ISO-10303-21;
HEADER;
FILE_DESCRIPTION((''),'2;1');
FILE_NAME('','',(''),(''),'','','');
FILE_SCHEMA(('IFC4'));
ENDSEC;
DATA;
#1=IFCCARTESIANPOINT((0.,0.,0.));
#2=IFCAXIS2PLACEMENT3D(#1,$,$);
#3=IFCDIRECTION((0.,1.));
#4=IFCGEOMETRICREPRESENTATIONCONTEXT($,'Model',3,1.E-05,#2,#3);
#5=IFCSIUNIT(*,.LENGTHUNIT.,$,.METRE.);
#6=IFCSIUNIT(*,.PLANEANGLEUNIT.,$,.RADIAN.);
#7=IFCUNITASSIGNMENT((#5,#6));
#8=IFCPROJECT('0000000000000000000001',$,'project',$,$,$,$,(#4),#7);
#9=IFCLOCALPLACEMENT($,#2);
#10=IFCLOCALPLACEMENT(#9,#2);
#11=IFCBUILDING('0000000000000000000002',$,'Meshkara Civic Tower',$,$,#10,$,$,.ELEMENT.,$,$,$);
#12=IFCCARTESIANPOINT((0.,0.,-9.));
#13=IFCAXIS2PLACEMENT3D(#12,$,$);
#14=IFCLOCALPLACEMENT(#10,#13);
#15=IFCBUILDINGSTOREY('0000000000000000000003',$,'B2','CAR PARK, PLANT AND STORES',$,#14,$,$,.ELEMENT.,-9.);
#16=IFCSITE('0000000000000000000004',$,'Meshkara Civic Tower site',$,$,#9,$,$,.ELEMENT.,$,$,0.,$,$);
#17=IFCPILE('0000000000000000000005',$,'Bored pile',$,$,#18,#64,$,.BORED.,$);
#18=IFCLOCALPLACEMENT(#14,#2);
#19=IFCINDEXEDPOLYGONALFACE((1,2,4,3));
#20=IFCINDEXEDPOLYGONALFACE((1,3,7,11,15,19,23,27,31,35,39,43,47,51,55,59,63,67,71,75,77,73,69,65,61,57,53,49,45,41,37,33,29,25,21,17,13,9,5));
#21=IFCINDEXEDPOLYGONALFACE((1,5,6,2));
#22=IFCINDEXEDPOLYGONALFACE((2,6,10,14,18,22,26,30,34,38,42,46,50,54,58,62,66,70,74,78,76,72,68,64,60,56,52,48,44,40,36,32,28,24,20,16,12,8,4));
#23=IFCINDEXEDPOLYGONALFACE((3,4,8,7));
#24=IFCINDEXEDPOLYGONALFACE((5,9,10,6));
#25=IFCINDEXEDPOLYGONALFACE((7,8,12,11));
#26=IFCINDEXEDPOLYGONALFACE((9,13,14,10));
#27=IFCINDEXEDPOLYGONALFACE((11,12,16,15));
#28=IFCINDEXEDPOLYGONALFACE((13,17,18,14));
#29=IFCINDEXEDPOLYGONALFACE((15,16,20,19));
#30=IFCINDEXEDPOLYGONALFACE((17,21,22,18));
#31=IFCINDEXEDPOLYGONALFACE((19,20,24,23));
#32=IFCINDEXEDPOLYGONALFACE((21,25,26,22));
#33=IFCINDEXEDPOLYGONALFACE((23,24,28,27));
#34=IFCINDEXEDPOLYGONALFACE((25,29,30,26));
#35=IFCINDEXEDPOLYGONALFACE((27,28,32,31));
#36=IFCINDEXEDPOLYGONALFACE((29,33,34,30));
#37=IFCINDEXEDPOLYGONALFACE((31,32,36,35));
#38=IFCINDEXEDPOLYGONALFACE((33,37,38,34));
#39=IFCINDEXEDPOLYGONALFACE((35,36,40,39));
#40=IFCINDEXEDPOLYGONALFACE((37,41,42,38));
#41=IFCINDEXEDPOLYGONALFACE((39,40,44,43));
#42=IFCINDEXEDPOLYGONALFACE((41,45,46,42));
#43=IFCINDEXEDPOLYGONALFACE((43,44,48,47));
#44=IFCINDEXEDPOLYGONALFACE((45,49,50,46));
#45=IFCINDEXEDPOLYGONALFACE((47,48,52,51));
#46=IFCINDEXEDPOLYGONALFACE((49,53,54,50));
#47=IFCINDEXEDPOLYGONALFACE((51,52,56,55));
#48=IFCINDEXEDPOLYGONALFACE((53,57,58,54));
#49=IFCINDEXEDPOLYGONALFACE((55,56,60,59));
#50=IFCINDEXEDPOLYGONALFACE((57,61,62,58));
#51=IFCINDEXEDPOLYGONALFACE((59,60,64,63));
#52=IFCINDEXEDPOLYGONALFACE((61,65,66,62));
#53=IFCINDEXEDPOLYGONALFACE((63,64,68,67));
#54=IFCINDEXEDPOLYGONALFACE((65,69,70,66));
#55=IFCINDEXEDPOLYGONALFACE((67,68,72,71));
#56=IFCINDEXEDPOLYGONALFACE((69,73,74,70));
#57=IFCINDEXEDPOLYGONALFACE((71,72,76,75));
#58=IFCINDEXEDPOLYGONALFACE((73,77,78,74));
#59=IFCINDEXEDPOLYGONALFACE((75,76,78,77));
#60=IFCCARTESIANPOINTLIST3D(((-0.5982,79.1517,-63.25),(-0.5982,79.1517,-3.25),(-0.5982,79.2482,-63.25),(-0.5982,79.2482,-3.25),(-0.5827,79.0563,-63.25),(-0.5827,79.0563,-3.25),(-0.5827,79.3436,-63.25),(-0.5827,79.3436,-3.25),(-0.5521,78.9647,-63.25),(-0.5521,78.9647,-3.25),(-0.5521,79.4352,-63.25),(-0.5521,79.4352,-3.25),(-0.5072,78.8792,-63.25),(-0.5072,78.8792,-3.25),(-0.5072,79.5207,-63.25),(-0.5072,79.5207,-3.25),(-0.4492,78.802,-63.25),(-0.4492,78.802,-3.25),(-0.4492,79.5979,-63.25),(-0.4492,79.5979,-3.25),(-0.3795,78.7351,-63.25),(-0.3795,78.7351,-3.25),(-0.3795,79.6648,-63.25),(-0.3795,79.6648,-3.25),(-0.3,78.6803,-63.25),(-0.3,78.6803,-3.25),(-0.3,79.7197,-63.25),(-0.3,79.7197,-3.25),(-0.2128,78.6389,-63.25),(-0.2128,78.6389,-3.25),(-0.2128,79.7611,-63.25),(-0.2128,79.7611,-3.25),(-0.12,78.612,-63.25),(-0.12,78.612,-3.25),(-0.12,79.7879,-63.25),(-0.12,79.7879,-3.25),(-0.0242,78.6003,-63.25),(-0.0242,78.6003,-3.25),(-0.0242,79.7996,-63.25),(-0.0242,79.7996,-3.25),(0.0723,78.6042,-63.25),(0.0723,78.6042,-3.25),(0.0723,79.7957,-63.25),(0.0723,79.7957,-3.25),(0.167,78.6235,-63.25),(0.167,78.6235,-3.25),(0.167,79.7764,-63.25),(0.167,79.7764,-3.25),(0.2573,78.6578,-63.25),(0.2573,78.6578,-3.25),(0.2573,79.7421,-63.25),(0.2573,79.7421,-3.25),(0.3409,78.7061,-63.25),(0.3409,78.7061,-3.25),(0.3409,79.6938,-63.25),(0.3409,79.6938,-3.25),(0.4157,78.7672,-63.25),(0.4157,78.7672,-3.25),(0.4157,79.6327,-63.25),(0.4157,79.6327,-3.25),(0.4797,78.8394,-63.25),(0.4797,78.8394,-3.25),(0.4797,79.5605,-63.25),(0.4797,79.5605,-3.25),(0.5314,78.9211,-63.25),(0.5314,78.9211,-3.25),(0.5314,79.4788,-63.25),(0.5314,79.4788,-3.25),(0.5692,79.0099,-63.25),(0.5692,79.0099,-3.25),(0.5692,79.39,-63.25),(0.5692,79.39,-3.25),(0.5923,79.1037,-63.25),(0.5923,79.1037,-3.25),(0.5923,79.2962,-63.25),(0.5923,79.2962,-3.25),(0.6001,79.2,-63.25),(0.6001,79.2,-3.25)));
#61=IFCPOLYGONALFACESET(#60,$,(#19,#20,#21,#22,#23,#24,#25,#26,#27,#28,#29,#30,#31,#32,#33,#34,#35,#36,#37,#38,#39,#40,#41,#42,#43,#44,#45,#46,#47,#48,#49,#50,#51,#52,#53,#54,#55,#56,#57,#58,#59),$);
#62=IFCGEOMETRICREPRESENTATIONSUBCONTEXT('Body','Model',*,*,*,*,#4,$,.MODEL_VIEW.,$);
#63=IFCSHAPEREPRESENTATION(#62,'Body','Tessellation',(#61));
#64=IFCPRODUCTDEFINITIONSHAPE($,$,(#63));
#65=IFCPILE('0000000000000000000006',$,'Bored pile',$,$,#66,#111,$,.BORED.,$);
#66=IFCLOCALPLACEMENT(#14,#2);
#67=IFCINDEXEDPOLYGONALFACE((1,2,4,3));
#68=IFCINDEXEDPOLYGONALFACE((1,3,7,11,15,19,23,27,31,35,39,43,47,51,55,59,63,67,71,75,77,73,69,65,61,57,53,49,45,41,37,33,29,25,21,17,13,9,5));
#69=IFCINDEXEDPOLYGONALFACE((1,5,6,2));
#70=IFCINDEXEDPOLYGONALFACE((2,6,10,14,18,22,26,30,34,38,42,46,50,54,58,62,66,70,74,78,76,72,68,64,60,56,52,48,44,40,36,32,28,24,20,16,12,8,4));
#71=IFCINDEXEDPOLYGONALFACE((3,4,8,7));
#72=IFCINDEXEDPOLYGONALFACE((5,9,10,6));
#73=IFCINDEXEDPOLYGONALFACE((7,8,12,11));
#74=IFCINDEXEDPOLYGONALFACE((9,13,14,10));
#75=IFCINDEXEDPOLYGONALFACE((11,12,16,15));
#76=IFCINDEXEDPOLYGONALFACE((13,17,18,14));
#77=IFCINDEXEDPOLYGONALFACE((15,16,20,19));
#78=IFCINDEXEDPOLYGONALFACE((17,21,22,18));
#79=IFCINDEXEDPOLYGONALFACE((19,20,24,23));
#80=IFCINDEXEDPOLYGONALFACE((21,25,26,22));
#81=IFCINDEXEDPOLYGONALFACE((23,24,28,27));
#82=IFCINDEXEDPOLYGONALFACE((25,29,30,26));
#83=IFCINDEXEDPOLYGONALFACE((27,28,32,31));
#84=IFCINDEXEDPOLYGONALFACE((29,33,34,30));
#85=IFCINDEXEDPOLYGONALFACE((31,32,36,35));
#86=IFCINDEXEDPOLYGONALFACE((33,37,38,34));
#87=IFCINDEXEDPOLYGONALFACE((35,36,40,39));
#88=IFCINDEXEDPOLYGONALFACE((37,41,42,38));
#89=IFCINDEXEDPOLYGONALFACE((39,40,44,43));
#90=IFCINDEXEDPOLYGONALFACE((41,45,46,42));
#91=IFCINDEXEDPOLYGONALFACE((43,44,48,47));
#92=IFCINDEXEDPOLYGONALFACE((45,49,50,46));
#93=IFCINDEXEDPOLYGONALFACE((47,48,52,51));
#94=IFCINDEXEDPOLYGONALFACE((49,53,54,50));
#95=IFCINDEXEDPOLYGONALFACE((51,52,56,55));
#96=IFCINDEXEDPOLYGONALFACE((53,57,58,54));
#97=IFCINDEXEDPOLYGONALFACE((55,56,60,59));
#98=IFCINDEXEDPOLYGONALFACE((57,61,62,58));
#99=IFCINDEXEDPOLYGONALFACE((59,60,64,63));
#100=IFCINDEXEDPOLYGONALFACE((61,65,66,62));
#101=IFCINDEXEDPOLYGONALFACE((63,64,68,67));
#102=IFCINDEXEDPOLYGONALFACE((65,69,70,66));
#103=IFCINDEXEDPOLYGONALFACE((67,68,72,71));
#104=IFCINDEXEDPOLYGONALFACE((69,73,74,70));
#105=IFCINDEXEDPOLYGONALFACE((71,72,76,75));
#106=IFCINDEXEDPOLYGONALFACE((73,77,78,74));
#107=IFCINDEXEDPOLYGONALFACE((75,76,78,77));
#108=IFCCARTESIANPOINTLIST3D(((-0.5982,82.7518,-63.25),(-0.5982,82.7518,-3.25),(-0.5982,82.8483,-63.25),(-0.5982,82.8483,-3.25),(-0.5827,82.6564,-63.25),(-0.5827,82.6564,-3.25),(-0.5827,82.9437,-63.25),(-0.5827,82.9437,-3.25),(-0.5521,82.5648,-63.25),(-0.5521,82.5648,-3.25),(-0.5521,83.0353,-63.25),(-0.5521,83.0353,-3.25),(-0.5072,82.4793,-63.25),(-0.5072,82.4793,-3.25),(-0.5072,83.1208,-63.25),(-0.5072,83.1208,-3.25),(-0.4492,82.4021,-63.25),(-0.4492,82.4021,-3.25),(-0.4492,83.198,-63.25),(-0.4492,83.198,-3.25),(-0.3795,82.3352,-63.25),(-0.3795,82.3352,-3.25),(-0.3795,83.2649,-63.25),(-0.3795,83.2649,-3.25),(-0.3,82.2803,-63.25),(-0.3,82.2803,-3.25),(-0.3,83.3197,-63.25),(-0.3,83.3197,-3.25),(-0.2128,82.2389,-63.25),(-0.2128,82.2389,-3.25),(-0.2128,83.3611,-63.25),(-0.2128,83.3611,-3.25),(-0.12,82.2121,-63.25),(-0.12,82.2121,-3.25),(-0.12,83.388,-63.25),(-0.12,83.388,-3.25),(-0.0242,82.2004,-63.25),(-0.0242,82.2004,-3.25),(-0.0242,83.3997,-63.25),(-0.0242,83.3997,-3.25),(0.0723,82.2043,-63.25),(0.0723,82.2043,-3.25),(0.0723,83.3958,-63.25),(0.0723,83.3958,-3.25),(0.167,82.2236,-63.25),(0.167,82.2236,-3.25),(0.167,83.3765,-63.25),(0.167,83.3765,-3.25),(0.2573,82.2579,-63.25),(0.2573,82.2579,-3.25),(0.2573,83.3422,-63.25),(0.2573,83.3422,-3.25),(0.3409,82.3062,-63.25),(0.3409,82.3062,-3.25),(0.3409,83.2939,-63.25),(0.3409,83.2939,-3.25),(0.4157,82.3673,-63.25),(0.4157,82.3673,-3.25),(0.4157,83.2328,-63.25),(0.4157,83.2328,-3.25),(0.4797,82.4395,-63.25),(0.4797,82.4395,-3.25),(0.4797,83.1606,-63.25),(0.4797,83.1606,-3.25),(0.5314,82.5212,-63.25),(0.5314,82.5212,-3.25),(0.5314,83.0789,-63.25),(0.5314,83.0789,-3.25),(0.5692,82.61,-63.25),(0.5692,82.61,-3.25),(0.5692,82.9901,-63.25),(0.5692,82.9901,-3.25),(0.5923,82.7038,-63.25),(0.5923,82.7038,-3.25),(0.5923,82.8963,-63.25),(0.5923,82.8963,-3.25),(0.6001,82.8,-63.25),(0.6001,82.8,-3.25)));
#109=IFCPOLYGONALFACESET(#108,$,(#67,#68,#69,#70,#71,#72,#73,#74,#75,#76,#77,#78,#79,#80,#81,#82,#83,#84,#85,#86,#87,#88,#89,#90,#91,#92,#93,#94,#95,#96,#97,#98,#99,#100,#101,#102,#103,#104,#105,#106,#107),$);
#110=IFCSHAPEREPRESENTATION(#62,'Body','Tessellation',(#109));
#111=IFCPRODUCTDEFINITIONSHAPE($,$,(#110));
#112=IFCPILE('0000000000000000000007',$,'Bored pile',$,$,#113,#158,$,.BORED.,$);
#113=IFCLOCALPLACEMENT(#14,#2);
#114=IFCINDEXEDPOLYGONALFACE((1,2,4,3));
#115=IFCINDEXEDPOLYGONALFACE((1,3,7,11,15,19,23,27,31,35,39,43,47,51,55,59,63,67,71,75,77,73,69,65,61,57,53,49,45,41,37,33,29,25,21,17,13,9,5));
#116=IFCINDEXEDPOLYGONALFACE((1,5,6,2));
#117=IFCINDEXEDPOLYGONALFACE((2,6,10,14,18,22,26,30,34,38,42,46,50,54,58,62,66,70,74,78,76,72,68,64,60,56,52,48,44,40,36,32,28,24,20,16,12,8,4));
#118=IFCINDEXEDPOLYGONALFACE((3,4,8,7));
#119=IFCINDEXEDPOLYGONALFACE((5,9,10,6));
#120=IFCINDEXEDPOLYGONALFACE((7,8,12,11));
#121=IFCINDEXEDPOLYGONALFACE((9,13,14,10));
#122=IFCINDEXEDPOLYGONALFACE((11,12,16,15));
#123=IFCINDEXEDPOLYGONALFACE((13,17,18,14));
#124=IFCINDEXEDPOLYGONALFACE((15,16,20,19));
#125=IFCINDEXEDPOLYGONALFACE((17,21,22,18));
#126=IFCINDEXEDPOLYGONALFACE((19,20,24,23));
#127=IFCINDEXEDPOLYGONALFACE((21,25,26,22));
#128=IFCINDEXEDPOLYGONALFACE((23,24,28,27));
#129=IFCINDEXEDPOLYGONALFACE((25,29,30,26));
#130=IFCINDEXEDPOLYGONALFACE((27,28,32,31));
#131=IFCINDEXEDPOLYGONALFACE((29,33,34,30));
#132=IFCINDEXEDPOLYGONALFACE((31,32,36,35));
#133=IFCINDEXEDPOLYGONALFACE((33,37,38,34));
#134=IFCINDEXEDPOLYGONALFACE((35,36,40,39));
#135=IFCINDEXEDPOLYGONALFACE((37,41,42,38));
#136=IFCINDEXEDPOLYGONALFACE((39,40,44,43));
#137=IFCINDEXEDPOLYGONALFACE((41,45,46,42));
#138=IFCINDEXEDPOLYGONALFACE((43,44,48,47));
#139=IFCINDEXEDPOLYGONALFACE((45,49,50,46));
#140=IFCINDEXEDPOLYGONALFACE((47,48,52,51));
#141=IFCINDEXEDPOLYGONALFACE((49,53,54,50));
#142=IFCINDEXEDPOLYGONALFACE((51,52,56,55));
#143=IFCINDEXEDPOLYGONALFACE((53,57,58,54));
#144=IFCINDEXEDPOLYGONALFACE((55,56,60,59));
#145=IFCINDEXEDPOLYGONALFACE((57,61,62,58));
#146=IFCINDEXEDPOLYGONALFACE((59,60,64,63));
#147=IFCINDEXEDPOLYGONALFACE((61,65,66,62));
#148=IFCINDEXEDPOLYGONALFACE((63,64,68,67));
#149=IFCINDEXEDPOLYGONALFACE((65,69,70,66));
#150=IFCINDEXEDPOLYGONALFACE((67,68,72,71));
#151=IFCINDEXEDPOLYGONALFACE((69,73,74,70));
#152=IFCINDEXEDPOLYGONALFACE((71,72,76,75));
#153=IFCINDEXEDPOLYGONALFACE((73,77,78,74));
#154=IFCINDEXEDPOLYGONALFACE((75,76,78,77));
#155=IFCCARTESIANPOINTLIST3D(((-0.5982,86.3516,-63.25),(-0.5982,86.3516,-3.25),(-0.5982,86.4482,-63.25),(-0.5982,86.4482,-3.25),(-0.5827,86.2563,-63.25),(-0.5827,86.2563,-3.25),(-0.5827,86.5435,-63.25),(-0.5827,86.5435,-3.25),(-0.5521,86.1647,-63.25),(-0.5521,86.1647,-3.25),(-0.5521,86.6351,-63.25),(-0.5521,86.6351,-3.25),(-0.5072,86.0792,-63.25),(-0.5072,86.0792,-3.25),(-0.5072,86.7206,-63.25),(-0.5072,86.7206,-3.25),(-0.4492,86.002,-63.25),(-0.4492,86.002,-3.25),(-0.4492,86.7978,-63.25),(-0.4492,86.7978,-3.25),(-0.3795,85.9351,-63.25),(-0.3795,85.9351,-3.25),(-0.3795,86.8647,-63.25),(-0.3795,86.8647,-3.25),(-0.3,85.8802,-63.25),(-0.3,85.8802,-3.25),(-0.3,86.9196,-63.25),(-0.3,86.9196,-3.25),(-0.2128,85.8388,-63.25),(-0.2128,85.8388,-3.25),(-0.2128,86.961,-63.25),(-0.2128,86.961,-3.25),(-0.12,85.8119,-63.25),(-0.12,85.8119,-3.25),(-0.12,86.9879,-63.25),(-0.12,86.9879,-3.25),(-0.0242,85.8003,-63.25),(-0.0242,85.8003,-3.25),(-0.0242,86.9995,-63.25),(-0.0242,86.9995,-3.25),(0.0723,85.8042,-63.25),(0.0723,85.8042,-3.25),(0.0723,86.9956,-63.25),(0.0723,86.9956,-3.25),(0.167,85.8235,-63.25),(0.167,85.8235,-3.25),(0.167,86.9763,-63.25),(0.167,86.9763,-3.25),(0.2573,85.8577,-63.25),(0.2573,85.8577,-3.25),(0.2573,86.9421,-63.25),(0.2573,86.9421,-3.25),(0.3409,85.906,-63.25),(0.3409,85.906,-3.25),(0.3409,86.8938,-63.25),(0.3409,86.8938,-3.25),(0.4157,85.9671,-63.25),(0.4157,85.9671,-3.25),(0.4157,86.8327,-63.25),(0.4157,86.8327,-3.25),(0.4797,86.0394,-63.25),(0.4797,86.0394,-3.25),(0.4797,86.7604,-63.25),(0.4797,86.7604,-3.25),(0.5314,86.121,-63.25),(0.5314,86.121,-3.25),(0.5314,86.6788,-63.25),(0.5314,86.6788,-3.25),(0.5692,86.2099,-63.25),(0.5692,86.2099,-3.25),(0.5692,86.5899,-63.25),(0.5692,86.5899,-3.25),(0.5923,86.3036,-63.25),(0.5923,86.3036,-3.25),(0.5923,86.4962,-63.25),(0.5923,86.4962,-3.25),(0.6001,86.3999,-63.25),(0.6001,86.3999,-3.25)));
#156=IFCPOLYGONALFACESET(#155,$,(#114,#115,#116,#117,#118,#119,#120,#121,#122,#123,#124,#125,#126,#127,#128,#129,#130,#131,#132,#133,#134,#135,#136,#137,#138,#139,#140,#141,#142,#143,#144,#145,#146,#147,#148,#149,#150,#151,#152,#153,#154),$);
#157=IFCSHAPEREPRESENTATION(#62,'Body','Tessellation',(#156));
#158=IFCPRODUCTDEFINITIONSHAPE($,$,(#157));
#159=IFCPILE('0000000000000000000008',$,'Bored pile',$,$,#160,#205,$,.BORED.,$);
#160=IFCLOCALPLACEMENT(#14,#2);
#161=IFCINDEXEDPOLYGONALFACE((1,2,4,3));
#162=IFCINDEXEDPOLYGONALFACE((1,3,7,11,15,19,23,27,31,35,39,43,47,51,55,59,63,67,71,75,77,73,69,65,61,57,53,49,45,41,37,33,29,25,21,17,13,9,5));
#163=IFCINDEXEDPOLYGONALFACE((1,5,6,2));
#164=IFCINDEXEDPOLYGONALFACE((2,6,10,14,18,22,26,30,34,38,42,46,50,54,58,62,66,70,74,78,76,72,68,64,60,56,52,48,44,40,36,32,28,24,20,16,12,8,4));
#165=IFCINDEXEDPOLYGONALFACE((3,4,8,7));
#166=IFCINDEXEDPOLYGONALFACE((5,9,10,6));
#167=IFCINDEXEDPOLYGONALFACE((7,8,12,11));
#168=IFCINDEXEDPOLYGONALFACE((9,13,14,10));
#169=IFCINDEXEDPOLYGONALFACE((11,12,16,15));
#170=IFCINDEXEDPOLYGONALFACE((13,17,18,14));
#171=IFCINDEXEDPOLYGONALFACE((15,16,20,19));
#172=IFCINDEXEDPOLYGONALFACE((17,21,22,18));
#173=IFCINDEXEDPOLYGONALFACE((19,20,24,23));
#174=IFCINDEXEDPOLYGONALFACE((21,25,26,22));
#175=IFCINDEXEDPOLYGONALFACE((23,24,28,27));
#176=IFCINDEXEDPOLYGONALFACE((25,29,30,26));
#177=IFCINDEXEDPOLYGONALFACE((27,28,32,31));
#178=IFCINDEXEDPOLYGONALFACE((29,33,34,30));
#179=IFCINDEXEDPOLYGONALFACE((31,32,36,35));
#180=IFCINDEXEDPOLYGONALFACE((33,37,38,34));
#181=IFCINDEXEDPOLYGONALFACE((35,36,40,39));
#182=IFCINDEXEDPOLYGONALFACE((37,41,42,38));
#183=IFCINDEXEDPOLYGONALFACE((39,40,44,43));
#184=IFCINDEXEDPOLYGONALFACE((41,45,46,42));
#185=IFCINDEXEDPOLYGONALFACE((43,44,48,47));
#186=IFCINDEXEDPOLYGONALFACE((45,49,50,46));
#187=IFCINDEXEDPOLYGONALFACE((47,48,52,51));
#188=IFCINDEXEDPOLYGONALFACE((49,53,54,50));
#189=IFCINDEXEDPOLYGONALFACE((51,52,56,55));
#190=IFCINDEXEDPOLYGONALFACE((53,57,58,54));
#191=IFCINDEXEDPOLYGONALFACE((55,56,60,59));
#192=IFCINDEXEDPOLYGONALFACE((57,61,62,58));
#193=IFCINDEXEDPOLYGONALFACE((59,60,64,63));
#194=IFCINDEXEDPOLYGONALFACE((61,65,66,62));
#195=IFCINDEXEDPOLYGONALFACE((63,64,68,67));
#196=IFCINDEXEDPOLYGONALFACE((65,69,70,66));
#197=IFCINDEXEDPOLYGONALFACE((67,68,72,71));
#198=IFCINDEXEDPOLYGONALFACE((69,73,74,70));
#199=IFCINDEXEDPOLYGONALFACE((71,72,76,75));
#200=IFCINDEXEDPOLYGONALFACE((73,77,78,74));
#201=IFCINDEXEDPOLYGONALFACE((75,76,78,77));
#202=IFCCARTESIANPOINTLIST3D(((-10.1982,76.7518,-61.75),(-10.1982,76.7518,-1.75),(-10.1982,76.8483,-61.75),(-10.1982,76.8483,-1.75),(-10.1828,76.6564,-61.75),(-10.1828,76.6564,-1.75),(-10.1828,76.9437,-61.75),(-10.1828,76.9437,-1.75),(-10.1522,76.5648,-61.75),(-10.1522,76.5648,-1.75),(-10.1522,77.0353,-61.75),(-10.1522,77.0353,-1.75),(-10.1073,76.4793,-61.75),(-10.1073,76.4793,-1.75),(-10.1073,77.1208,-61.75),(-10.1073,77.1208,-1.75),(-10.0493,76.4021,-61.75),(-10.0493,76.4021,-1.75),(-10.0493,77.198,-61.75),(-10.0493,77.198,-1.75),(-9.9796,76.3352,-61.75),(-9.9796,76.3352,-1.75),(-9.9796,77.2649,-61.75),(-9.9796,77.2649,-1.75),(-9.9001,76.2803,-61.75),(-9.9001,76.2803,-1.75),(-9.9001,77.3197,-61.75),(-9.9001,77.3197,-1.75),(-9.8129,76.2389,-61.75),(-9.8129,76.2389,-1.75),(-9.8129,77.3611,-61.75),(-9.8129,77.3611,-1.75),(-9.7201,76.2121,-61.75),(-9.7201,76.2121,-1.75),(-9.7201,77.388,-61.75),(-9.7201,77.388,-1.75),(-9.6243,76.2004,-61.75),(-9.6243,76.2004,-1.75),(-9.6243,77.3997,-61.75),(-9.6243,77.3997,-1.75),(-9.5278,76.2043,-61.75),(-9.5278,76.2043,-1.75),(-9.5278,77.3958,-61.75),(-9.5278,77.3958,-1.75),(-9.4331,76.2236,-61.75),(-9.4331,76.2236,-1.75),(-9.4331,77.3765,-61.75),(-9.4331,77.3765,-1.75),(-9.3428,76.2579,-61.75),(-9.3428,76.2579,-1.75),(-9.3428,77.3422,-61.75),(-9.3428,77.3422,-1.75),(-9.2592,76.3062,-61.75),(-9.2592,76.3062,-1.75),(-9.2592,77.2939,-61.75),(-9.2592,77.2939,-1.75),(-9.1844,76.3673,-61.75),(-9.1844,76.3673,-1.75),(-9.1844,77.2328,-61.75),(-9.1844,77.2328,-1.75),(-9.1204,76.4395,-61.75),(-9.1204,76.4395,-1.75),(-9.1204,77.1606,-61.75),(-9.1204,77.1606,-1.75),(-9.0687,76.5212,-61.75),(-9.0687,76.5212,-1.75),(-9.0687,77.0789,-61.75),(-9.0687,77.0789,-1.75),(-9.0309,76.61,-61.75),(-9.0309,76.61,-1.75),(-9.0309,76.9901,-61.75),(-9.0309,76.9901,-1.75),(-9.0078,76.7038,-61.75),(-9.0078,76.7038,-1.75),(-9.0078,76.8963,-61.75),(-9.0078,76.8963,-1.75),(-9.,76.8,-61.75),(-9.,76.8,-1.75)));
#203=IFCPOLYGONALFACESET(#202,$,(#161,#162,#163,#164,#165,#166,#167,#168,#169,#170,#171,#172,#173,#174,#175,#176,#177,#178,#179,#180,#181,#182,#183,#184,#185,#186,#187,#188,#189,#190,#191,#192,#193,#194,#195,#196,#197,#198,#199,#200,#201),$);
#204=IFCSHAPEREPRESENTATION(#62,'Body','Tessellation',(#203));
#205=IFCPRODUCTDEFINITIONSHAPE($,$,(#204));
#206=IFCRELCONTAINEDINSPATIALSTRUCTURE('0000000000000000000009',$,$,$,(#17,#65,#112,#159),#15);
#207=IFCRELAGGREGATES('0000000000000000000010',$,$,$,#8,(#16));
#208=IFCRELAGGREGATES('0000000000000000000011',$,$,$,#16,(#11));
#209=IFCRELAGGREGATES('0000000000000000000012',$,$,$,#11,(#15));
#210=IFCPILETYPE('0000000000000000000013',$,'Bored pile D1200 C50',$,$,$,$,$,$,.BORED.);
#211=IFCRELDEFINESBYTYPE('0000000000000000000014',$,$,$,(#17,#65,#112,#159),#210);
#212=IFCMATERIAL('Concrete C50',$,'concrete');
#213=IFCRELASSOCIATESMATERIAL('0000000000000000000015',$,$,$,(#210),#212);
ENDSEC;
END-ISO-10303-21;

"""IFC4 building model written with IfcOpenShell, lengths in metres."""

from ifc_helpers import new_model, si_unit, direction, frame, origin, origin_2d, place, context, subcontext, project, spatial, circle, extrude, material, material_profile, profile_set, type_object, element, save


model = new_model("IFC4")

# Units and contexts
model_context = context("Model", 3, precision=1e-05, world=origin(), true_north=direction((0.0, 1.0)))
body_context = subcontext(model_context, "Body", "Model", "MODEL_VIEW")
ifc_project = project(units=[si_unit("LENGTHUNIT", "METRE"), si_unit("PLANEANGLEUNIT", "RADIAN")], contexts=[model_context])

# Site, building, storey
site_placement = place(None, origin())
site = spatial("IfcSite", under=ifc_project, at=site_placement, Name="Meshkara Civic Tower site", CompositionType="ELEMENT", RefElevation=0.0)
building_placement = place(site_placement, origin())
building = spatial("IfcBuilding", under=site, at=building_placement, Name="Meshkara Civic Tower", CompositionType="ELEMENT")
storey_placement = place(building_placement, frame((0.0, 0.0, -9.0)))
storey = spatial("IfcBuildingStorey", under=building, at=storey_placement, Name="B2", Description="CAR PARK, PLANT AND STORES", CompositionType="ELEMENT", Elevation=-9.0)

# Piles
ifc_material_1 = material(Name="Concrete C50", Category="concrete")
ifc_material_profile_1 = material_profile(ifc_material_1, circle(Radius=0.6001, at=origin_2d()))
ifc_profile_set_1 = profile_set([ifc_material_profile_1], Name="Concrete C50")
pile_type = type_object("IfcPileType", Name="Bored pile D1200 C50", PredefinedType="BORED", material=ifc_profile_set_1)
for number, where, z_axis, x_axis, name in (
    (1, (0.0, 79.2, -3.25), (0.0, 0.0, -1.0), (1.0, 0.0, 0.0), "Bored pile"),
    (2, (0.0, 82.8, -3.25), (0.0, 0.0, -1.0), (1.0, 0.0, 0.0), "Bored pile"),
    (3, (0.0, 86.3999, -3.25), (0.0, 0.0, -1.0), (1.0, 0.0, 0.0), "Bored pile"),
    (4, (-9.6001, 76.8, -1.75), (0.0, 0.0, -1.0), (1.0, 0.0, 0.0), "Bored pile"),
):
    element("IfcPile", number, at=place(storey_placement, frame(where, z_axis=z_axis, x_axis=x_axis)), inside=storey, type_object=pile_type, Name=name, PredefinedType="BORED", context=body_context, shape_type="SweptSolid", body=[
        extrude(circle(Radius=0.6001, at=origin_2d()), origin(), (0.0, 0.0, 1.0), 60.0),
    ])

save(model, "model.ifc")
